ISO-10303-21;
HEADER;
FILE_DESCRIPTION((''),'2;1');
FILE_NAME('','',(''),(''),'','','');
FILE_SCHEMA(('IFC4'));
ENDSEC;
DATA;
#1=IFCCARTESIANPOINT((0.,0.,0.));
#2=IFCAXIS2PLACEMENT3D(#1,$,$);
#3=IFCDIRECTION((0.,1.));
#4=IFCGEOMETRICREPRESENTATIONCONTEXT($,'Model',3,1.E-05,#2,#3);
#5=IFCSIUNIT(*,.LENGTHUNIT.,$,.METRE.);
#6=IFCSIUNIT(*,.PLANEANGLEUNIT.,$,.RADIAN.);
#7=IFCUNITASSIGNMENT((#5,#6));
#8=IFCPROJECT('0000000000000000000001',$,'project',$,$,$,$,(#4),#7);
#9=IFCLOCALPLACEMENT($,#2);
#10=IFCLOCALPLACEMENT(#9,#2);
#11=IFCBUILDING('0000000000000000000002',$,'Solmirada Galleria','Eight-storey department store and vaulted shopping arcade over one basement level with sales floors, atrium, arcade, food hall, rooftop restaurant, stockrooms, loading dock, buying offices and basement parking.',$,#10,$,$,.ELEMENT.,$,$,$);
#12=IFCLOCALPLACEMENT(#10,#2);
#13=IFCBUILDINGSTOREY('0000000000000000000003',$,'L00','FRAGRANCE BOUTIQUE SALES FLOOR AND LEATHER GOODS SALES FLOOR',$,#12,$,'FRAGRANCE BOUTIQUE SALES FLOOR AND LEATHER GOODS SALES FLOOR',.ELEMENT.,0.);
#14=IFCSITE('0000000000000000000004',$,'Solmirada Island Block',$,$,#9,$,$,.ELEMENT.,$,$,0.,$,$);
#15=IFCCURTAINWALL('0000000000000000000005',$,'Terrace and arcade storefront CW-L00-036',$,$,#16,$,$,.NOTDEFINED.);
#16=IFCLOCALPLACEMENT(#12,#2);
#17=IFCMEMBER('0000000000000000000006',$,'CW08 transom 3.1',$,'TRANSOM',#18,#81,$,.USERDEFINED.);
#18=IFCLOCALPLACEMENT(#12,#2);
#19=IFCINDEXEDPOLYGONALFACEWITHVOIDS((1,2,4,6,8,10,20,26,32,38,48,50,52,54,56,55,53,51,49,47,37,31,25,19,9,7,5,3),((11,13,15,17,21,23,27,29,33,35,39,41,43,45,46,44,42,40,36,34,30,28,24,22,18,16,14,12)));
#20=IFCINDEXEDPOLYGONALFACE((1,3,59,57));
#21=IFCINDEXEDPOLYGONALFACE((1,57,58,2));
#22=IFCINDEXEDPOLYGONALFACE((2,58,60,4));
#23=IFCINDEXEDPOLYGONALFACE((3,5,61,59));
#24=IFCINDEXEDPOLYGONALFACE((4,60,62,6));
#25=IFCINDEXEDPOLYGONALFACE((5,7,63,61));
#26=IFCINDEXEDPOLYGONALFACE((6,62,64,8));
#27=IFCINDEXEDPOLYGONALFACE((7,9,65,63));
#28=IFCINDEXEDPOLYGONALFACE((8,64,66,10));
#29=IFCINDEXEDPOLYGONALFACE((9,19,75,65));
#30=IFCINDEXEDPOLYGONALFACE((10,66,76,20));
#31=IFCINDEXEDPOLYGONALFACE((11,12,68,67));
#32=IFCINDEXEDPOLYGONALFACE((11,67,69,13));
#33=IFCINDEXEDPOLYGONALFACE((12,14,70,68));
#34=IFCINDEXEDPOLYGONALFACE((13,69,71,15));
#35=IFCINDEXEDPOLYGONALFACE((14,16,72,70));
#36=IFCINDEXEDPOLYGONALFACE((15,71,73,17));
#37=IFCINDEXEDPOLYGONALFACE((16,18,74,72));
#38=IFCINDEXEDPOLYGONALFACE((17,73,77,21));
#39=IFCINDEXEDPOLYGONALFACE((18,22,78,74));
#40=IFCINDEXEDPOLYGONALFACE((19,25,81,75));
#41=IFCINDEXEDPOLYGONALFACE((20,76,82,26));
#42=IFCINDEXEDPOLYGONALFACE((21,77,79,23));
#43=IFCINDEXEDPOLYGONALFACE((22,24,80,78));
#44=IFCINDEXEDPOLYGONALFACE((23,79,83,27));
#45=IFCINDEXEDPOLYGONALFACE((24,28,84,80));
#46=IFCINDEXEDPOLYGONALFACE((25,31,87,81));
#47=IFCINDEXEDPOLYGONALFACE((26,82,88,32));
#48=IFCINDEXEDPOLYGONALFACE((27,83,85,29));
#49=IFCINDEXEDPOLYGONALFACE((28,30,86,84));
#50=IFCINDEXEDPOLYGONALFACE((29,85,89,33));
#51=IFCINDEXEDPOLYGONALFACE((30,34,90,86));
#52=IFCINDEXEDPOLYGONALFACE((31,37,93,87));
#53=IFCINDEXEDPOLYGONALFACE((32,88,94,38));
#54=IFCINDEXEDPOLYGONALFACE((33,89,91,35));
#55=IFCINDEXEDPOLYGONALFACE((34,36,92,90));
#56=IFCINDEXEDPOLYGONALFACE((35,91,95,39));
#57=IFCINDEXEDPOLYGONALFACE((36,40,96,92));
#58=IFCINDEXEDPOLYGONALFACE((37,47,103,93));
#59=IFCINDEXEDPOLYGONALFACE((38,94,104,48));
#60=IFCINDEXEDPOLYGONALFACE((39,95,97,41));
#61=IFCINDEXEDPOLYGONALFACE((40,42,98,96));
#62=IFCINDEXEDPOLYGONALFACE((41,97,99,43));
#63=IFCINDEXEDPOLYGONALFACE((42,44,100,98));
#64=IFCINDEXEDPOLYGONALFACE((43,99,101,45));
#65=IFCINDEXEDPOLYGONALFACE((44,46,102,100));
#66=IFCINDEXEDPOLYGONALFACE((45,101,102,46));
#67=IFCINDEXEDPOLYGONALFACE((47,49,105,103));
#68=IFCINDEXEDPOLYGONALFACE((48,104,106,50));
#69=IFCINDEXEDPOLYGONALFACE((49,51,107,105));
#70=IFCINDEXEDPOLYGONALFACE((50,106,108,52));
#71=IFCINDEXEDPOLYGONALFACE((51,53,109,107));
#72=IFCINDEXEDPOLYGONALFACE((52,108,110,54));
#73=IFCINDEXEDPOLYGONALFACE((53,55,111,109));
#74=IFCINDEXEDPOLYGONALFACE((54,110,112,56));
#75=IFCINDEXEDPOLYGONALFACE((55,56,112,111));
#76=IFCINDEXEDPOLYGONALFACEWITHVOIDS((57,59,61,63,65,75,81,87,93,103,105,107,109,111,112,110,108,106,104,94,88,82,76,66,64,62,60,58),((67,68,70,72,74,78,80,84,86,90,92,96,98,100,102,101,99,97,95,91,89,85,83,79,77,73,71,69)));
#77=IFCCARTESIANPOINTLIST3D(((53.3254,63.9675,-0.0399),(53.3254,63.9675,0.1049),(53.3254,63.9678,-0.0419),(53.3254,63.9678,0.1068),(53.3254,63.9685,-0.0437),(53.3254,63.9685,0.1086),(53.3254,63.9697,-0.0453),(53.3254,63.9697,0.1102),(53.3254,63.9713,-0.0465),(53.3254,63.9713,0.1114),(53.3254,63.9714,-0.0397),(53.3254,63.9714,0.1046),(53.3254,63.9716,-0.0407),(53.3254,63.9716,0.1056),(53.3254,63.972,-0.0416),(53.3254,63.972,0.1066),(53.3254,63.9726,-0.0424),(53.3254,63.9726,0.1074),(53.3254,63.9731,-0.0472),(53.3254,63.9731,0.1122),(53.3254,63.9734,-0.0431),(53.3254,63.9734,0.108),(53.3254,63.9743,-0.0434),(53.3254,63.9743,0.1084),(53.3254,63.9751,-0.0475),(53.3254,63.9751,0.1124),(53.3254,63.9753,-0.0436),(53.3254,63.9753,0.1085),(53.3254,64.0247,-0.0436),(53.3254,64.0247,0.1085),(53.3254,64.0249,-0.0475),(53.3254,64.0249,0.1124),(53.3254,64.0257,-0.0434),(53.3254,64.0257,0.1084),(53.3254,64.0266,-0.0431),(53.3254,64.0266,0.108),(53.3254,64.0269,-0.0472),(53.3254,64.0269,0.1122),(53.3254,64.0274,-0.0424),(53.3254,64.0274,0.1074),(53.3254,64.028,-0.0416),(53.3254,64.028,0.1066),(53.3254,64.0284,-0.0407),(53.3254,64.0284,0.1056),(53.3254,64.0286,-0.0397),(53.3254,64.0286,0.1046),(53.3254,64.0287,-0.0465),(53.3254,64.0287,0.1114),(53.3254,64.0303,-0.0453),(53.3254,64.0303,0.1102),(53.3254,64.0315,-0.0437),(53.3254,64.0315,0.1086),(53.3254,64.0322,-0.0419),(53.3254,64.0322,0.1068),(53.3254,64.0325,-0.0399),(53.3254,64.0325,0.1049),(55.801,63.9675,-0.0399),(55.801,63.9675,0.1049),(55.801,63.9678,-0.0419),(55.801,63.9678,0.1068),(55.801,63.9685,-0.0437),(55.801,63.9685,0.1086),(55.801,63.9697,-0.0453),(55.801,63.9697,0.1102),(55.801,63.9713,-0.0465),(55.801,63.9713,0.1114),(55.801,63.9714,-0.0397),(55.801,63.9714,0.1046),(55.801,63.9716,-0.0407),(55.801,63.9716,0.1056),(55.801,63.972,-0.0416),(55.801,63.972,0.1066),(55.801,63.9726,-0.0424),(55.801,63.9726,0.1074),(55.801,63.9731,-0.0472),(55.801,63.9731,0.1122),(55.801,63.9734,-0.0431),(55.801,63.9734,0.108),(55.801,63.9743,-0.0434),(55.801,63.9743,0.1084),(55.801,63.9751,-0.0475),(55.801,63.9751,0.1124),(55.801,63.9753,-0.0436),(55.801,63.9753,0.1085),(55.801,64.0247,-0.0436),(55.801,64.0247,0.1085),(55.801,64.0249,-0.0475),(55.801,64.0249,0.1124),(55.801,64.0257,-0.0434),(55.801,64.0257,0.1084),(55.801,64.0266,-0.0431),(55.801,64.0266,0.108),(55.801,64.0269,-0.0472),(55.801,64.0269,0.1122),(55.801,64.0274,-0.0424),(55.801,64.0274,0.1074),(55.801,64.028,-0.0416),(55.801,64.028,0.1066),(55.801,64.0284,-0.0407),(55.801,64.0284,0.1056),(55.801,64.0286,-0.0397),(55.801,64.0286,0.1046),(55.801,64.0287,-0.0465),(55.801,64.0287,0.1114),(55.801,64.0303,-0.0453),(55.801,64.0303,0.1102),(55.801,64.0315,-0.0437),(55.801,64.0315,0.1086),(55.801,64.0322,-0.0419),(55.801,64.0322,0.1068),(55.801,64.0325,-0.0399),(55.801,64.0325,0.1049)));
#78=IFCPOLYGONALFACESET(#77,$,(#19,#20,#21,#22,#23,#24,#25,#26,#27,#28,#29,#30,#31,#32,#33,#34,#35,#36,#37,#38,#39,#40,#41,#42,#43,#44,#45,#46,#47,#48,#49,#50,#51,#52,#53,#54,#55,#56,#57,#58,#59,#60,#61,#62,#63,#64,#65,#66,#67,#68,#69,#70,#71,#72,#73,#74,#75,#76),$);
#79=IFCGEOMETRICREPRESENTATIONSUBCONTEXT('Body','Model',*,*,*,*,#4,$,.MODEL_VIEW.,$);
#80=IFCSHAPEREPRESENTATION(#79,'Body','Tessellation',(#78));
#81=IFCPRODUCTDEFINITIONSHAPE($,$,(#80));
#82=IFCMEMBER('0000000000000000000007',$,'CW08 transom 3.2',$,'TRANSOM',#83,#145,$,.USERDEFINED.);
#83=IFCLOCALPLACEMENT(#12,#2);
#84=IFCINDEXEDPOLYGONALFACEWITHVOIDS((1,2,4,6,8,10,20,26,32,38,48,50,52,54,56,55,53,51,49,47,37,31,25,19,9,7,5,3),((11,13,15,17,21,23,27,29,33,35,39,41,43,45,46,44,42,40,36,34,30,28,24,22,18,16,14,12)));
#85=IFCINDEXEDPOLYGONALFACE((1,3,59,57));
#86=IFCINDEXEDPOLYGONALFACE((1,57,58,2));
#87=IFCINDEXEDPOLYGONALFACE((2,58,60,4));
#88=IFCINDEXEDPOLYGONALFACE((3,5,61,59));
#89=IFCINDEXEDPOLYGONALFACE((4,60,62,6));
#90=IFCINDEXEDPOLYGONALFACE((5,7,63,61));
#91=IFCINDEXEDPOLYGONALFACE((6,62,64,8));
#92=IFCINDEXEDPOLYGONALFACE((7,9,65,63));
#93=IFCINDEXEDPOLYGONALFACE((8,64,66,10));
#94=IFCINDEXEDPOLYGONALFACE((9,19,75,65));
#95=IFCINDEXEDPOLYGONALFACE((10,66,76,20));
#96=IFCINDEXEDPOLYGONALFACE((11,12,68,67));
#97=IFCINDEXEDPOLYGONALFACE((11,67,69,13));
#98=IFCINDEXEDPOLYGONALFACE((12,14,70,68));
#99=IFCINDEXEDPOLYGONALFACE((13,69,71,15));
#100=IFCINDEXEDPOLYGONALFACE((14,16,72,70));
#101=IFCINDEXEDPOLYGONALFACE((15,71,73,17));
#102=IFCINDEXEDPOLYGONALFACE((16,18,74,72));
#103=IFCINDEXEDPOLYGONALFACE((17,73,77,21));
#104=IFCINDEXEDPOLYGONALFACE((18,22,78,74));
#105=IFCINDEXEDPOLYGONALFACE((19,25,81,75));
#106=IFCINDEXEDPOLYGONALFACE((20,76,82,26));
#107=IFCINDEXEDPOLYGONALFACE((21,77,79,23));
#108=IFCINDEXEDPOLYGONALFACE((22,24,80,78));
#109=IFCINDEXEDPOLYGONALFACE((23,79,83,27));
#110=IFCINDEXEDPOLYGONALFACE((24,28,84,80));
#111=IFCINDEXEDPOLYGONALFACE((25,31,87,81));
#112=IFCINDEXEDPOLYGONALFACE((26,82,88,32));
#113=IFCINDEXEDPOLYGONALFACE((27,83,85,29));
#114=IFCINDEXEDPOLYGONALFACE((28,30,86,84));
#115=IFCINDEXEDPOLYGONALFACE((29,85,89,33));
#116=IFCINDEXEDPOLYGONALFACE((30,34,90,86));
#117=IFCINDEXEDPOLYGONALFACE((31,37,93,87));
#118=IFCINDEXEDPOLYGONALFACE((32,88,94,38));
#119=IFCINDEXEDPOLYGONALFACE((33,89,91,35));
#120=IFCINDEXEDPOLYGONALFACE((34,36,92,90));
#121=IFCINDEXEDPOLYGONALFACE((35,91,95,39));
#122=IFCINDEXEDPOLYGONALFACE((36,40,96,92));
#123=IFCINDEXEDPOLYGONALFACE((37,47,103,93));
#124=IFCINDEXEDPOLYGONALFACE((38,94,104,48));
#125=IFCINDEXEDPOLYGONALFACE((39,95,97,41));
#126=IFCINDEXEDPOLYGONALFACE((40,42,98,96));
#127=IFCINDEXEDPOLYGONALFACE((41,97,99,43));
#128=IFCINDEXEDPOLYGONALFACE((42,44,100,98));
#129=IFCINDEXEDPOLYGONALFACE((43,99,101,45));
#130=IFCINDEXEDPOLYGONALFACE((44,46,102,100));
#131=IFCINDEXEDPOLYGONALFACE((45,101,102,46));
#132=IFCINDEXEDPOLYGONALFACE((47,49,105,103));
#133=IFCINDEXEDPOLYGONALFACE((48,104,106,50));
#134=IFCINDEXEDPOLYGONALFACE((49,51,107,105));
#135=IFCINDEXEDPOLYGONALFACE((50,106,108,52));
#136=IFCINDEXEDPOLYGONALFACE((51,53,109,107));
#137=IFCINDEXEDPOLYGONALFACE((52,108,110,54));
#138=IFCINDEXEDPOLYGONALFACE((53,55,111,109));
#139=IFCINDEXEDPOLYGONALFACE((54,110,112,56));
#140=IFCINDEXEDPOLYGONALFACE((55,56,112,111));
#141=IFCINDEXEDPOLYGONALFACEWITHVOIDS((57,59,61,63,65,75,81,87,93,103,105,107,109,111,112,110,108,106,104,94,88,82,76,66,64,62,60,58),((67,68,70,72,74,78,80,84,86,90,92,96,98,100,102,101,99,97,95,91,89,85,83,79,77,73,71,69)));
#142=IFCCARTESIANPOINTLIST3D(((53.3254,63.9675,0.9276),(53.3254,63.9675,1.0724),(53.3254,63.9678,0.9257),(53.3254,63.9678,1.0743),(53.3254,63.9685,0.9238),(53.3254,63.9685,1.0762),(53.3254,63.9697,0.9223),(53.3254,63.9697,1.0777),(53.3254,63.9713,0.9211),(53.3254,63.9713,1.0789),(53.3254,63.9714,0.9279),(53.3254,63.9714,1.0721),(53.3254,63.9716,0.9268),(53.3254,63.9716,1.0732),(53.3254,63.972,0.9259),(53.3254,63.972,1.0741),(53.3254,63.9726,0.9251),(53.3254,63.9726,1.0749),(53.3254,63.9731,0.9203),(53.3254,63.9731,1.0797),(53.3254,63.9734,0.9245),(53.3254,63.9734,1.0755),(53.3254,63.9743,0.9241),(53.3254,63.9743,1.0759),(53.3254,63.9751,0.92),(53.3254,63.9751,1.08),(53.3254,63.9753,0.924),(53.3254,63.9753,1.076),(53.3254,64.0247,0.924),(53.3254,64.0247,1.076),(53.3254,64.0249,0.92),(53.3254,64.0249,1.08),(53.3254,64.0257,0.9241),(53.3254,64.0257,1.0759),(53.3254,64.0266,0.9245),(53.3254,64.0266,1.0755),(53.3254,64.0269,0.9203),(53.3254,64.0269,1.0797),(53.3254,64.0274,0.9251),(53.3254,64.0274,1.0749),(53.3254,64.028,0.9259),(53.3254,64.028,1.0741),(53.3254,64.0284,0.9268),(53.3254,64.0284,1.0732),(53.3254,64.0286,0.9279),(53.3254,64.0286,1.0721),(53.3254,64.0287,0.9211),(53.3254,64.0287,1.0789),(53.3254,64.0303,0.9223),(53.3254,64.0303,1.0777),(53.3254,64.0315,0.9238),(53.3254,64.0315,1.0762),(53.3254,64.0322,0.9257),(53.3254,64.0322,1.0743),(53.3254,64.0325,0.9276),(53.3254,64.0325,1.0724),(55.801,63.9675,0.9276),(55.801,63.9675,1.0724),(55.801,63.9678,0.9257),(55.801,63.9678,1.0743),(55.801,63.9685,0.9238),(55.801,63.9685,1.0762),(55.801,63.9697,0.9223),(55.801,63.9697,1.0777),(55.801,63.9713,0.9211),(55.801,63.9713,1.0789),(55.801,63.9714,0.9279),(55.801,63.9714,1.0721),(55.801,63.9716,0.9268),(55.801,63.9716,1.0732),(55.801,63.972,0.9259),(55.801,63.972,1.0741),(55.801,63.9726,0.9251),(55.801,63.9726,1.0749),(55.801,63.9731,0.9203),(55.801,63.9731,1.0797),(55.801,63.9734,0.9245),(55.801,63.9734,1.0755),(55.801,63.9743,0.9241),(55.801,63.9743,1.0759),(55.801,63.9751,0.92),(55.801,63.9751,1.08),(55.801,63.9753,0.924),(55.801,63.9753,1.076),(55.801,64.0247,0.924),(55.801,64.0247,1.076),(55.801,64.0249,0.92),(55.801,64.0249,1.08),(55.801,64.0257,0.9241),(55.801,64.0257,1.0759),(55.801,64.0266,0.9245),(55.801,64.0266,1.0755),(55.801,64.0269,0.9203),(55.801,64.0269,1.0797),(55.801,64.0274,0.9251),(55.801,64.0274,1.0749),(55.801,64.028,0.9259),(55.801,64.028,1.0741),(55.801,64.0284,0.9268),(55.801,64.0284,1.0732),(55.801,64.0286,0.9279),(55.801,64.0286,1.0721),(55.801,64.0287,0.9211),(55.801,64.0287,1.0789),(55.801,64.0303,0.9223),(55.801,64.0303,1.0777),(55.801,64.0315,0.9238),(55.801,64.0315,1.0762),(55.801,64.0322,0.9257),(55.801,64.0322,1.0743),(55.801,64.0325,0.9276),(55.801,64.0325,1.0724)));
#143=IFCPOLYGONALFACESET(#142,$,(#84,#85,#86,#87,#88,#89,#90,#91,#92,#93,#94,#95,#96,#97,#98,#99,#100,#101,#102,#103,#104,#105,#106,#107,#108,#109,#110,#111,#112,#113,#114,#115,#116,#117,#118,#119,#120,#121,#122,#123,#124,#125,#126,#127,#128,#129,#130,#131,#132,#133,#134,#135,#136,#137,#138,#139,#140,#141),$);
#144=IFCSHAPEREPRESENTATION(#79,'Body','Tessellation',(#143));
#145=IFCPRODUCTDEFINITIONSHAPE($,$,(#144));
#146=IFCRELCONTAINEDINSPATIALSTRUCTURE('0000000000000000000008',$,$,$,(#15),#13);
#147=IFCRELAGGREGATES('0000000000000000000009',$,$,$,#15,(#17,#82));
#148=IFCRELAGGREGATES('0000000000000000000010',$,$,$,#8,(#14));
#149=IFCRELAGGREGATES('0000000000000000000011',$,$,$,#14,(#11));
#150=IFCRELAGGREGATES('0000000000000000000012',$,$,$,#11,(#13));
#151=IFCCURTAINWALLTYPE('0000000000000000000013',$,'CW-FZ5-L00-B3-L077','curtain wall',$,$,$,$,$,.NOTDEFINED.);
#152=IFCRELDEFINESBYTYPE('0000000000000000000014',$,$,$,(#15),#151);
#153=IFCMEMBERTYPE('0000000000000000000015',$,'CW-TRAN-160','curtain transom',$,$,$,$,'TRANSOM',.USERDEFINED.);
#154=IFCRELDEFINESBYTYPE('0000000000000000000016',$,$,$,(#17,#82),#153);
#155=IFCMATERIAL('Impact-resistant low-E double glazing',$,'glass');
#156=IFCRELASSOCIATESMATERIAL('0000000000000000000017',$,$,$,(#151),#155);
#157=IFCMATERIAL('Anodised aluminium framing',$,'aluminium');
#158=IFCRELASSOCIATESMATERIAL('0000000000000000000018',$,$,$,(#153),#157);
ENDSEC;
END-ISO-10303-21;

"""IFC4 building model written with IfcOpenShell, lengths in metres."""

from ifc_helpers import new_model, si_unit, direction, frame, origin, origin_2d, place, context, subcontext, project, spatial, hollow_rectangle, extrude, material, material_profile, profile_set, type_object, element, aggregate, save


model = new_model("IFC4")

# Units and contexts
model_context = context("Model", 3, precision=1e-05, world=origin(), true_north=direction((0.0, 1.0)))
body_context = subcontext(model_context, "Body", "Model", "MODEL_VIEW")
ifc_project = project(units=[si_unit("LENGTHUNIT", "METRE"), si_unit("PLANEANGLEUNIT", "RADIAN")], contexts=[model_context])

# Site, building, storey
site_placement = place(None, origin())
site = spatial("IfcSite", under=ifc_project, at=site_placement, Name="Solmirada Island Block", CompositionType="ELEMENT", RefElevation=0.0)
building_placement = place(site_placement, origin())
building = spatial("IfcBuilding", under=site, at=building_placement, Name="Solmirada Galleria", Description="Eight-storey department store and vaulted shopping arcade over one basement level with sales floors, atrium, arcade, food hall, rooftop restaurant, stockrooms, loading dock, buying offices and basement parking.", CompositionType="ELEMENT")
storey_placement = place(building_placement, origin())
storey = spatial("IfcBuildingStorey", under=building, at=storey_placement, Name="L00", Description="FRAGRANCE BOUTIQUE SALES FLOOR AND LEATHER GOODS SALES FLOOR", LongName="FRAGRANCE BOUTIQUE SALES FLOOR AND LEATHER GOODS SALES FLOOR", CompositionType="ELEMENT", Elevation=0.0)

# Curtain wall
ifc_material_1 = material(Name="Impact-resistant low-E double glazing", Category="glass")
ifc_material_2 = material(Name="Anodised aluminium framing", Category="aluminium")
curtain_wall_type_1 = type_object("IfcCurtainWallType", Name="CW-FZ5-L00-B3-L077", Description="curtain wall", PredefinedType="NOTDEFINED", material=ifc_material_1)
curtain_wall_1_placement = place(storey_placement, origin())
curtain_wall_1 = element("IfcCurtainWall", 1, at=curtain_wall_1_placement, inside=storey, type_object=curtain_wall_type_1, Name="Terrace and arcade storefront CW-L00-036", PredefinedType="NOTDEFINED")

# Members
ifc_material_profile_1 = material_profile(ifc_material_2, hollow_rectangle(XDim=0.0649, YDim=0.1599, WallThickness=0.0039, InnerFilletRadius=0.0039, OuterFilletRadius=0.0076, at=origin_2d()), Name="ALU-TRAN-160X65")
ifc_profile_set_1 = profile_set([ifc_material_profile_1], Name="Anodised aluminium framing")
member_type_1 = type_object("IfcMemberType", Name="CW-TRAN-160", Description="curtain transom", ElementType="TRANSOM", PredefinedType="USERDEFINED", material=ifc_profile_set_1)
member_1_placement = place(storey_placement, frame((53.3254, 64.0, 0.0325), z_axis=(1.0, 0.0, 0.0), x_axis=(0.0, 1.0, 0.0)))
member_1 = element("IfcMember", 2, at=member_1_placement, type_object=member_type_1, Name="CW08 transom 3.1", ObjectType="TRANSOM", PredefinedType="USERDEFINED", context=body_context, shape_type="SweptSolid", body=[
    extrude(hollow_rectangle(XDim=0.0649, YDim=0.1599, WallThickness=0.0039, InnerFilletRadius=0.0039, OuterFilletRadius=0.0076, at=origin_2d()), origin(), (0.0, 0.0, 1.0), 2.4756),
])
member_2_placement = place(storey_placement, frame((53.3254, 64.0, 1.0), z_axis=(1.0, 0.0, 0.0), x_axis=(0.0, 1.0, 0.0)))
member_2 = element("IfcMember", 3, at=member_2_placement, type_object=member_type_1, Name="CW08 transom 3.2", ObjectType="TRANSOM", PredefinedType="USERDEFINED", context=body_context, shape_type="SweptSolid", body=[
    extrude(hollow_rectangle(XDim=0.0649, YDim=0.1599, WallThickness=0.0039, InnerFilletRadius=0.0039, OuterFilletRadius=0.0076, at=origin_2d()), origin(), (0.0, 0.0, 1.0), 2.4756),
])

aggregate(curtain_wall_1, [member_1, member_2])

save(model, "model.ifc")
